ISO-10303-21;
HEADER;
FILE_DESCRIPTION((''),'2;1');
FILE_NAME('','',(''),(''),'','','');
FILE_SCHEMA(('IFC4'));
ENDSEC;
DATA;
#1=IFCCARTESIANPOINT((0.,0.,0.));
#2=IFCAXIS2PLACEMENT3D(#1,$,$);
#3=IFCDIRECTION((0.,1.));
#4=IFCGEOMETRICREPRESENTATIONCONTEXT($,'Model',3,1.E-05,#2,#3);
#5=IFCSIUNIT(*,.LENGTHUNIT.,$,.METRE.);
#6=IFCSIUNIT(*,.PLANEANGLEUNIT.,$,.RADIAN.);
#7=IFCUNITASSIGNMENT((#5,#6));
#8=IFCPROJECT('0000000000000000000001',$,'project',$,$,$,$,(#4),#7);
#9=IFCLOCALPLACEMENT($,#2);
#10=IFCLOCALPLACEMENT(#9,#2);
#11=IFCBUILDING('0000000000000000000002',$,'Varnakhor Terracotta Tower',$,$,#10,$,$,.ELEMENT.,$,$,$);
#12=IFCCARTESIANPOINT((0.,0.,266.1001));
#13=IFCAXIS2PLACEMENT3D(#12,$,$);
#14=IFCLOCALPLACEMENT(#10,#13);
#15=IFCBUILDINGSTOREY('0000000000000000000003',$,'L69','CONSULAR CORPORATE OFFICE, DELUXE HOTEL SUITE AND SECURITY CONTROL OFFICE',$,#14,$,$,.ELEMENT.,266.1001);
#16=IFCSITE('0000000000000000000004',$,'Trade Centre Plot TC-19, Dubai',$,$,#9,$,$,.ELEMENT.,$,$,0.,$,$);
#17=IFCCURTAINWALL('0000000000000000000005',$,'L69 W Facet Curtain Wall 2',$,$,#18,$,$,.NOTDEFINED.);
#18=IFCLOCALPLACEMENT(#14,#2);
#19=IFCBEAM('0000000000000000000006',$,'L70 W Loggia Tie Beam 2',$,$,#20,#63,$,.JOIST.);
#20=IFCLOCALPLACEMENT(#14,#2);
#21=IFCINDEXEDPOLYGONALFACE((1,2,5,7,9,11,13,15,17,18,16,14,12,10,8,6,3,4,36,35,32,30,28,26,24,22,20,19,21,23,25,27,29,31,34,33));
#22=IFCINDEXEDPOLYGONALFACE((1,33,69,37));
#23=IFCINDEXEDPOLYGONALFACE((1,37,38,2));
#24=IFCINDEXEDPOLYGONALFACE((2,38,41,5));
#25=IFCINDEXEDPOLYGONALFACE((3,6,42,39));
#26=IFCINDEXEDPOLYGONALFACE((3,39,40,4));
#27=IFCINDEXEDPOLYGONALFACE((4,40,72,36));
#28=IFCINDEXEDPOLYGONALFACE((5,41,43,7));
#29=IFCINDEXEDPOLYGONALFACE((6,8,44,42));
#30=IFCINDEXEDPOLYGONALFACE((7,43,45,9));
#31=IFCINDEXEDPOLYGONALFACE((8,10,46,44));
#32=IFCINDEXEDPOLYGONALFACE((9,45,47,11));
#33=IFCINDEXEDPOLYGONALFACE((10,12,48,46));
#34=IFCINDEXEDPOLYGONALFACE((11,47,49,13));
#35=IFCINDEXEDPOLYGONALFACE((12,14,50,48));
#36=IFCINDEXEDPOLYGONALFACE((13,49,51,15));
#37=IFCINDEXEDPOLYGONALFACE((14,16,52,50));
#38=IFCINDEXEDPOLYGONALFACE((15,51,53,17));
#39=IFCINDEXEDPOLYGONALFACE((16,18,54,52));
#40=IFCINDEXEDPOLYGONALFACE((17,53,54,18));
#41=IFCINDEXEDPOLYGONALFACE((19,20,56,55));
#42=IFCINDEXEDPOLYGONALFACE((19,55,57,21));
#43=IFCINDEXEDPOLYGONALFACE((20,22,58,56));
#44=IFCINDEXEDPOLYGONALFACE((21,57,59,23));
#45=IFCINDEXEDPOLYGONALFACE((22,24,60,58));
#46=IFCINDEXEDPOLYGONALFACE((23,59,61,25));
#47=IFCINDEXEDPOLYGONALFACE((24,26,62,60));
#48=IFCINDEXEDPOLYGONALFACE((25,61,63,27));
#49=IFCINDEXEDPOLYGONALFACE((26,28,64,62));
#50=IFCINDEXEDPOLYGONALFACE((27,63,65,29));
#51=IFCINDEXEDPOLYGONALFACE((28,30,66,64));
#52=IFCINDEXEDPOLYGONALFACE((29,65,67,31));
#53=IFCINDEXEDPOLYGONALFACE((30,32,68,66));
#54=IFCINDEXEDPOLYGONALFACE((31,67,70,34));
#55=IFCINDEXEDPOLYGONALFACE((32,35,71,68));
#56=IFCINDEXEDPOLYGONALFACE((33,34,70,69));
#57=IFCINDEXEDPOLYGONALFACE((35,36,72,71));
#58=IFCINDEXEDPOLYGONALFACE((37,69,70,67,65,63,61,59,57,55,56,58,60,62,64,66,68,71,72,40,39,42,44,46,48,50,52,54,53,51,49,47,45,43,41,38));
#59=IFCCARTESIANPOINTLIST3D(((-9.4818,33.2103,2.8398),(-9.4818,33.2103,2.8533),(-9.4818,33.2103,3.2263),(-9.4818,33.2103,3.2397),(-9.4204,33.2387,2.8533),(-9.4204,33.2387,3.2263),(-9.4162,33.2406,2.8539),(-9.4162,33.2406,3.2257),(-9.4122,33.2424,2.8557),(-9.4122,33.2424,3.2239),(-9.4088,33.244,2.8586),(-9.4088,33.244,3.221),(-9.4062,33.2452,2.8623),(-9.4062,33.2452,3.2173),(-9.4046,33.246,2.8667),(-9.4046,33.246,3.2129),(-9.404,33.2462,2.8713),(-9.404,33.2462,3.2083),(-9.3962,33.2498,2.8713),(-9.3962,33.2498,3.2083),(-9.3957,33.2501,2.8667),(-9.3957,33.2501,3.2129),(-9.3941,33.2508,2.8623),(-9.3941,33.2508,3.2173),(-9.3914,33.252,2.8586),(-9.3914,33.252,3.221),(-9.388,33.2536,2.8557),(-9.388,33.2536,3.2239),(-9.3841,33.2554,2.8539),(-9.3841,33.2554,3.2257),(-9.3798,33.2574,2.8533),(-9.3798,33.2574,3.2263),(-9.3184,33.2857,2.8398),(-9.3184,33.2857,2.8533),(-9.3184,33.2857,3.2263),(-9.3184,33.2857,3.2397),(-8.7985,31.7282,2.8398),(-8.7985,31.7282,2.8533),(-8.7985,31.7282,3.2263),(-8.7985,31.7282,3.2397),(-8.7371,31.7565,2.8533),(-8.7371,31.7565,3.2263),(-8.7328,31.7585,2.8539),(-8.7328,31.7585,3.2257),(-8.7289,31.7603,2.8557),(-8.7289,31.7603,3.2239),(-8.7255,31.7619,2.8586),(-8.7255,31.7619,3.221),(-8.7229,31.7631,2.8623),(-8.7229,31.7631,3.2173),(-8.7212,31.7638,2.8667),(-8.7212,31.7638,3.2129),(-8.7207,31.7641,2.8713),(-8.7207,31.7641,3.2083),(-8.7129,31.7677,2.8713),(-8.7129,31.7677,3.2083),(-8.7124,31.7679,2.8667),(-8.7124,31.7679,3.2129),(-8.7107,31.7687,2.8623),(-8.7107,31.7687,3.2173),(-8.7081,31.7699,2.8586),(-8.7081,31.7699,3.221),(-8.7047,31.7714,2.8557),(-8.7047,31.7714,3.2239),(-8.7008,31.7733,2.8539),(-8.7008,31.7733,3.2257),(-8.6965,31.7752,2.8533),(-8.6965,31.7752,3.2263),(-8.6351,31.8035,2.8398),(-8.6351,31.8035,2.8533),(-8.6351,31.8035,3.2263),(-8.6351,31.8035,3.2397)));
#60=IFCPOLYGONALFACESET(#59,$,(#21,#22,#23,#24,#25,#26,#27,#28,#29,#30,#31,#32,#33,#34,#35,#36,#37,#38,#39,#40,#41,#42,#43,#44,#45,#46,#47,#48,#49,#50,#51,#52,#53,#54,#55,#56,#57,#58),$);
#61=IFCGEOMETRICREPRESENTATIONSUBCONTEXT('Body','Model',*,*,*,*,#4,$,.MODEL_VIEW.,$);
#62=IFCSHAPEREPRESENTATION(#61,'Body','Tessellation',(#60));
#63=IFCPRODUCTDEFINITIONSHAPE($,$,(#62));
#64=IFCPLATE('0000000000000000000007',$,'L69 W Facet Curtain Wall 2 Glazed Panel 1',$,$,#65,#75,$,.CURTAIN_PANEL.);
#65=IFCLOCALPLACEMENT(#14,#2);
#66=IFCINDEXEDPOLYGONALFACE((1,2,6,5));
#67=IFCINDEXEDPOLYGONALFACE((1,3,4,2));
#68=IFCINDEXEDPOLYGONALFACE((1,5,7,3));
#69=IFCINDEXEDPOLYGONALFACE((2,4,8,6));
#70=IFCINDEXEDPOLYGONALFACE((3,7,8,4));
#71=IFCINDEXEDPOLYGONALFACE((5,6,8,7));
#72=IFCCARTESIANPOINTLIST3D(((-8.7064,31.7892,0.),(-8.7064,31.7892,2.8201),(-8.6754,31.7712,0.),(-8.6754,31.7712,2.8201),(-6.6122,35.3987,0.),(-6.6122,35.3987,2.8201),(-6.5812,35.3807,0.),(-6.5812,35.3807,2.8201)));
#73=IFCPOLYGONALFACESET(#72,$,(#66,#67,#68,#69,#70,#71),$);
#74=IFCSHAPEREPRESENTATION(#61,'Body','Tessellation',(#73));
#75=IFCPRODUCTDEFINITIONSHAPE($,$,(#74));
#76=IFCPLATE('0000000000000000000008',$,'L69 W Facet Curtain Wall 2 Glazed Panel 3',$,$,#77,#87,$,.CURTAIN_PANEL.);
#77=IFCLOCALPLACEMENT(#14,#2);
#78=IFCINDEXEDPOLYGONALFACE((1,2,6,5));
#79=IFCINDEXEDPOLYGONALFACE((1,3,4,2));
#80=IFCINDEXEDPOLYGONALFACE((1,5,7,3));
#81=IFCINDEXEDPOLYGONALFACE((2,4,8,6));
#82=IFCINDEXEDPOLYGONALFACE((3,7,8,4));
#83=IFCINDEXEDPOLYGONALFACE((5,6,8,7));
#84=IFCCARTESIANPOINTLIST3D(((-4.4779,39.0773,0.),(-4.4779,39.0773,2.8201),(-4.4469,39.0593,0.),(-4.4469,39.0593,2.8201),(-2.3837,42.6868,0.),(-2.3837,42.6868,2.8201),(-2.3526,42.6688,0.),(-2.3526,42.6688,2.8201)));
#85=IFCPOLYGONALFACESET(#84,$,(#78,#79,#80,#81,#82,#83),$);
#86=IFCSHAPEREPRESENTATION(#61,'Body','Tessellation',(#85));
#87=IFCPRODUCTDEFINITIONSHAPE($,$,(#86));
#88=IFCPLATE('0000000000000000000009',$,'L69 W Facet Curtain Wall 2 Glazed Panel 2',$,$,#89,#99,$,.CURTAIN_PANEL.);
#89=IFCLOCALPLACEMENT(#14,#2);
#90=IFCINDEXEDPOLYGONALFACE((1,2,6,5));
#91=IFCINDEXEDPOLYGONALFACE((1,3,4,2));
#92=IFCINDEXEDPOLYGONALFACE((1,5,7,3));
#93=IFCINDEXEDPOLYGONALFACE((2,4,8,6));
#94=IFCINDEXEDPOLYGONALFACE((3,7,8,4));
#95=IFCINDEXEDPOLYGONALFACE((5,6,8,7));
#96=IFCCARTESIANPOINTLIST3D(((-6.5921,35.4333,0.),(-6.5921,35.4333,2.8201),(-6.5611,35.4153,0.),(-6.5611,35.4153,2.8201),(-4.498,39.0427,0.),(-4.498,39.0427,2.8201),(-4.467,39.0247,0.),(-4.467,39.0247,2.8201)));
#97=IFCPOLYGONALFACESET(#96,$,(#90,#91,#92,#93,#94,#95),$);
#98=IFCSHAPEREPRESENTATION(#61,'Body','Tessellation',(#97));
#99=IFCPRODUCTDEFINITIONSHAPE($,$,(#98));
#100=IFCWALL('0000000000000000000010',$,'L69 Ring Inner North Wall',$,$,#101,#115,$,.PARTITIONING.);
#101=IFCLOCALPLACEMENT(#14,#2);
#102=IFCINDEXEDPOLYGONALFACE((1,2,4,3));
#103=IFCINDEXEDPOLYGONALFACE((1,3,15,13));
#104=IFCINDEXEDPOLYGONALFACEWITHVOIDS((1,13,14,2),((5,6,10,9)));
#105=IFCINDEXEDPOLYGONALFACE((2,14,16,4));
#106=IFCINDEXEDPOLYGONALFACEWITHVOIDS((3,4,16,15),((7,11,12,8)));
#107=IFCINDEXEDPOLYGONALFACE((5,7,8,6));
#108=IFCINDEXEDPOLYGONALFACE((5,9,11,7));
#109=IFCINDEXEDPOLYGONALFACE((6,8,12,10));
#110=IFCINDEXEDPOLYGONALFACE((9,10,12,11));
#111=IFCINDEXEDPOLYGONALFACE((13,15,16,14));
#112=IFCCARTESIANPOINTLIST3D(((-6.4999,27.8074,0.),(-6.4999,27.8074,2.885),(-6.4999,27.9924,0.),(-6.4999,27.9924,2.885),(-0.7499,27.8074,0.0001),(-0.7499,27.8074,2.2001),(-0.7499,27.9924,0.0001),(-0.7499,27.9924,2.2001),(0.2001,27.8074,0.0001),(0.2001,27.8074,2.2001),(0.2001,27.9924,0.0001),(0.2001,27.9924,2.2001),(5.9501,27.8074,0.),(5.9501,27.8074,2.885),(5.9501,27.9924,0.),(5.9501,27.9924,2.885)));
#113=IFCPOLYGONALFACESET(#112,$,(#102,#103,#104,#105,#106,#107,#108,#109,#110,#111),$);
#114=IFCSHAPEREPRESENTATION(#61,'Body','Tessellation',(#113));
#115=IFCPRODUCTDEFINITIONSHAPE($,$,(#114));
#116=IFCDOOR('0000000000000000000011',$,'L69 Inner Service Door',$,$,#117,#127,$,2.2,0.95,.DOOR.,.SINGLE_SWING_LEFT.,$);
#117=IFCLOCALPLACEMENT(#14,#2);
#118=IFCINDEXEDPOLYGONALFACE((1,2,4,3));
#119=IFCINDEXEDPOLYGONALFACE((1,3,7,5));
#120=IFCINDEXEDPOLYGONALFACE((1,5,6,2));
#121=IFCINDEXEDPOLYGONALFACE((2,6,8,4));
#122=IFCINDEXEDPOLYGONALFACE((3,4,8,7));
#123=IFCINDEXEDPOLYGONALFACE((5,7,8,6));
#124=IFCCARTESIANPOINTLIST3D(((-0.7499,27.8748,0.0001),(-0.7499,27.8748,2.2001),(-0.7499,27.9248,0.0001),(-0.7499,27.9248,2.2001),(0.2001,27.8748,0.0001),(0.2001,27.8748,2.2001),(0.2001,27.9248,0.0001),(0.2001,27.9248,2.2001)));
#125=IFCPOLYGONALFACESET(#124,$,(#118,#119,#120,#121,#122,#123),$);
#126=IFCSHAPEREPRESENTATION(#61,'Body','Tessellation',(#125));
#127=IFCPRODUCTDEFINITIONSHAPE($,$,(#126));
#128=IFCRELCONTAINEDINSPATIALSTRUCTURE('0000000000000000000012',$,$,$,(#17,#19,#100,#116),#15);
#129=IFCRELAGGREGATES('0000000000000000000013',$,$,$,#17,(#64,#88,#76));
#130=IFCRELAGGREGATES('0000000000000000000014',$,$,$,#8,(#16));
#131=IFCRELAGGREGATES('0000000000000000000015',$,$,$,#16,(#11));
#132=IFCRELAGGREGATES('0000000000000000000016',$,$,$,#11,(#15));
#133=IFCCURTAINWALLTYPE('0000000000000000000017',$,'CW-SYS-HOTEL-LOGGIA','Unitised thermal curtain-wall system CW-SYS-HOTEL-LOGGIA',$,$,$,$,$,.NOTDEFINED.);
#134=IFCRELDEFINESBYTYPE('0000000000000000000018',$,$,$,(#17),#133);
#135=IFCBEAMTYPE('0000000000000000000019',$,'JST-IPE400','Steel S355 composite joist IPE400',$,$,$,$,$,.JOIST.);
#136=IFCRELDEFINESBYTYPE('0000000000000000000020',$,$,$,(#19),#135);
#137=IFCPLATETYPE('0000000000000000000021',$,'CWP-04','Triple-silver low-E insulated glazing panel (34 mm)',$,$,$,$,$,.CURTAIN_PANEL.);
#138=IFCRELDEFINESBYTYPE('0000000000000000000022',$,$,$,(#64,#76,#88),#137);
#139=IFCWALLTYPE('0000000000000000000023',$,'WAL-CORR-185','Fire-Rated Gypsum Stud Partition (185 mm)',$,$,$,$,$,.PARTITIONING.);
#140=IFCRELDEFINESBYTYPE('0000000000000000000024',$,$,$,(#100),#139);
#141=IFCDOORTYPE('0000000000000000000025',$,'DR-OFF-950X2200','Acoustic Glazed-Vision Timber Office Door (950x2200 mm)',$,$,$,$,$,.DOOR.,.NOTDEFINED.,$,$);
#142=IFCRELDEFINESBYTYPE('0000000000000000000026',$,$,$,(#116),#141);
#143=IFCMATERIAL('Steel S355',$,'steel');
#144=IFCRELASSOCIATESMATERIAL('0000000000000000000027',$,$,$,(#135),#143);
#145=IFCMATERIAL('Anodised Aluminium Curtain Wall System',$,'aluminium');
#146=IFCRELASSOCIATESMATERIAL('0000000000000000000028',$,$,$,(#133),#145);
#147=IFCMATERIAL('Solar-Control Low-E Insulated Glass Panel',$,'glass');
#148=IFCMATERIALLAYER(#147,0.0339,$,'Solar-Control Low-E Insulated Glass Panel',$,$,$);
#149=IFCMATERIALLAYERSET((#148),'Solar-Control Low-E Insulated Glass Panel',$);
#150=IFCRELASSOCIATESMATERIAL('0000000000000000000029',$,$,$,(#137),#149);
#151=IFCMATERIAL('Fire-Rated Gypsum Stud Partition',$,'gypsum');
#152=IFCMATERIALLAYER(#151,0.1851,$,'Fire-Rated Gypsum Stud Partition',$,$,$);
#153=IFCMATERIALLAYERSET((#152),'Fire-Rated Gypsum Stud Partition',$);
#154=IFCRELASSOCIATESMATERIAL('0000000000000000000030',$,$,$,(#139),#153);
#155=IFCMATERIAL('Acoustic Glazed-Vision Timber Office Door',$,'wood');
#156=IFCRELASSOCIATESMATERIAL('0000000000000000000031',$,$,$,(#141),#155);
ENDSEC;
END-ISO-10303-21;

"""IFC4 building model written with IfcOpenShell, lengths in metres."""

from ifc_helpers import new_model, si_unit, direction, frame, frame_2d, origin, origin_2d, place, context, subcontext, project, spatial, rectangle, i_section, extrude, source, transform, mapped, material, layer, layer_set, material_profile, profile_set, type_object, type_shapes, element, fill, aggregate, save


model = new_model("IFC4")

# Units and contexts
model_context = context("Model", 3, precision=1e-05, world=origin(), true_north=direction((0.0, 1.0)))
body_context = subcontext(model_context, "Body", "Model", "MODEL_VIEW")
ifc_project = project(units=[si_unit("LENGTHUNIT", "METRE"), si_unit("PLANEANGLEUNIT", "RADIAN")], contexts=[model_context])

# Site, building, storey
site_placement = place(None, origin())
site = spatial("IfcSite", under=ifc_project, at=site_placement, Name="Trade Centre Plot TC-19, Dubai", CompositionType="ELEMENT", RefElevation=0.0)
building_placement = place(site_placement, origin())
building = spatial("IfcBuilding", under=site, at=building_placement, Name="Varnakhor Terracotta Tower", CompositionType="ELEMENT")
storey_placement = place(building_placement, frame((0.0, 0.0, 266.1001)))
storey = spatial("IfcBuildingStorey", under=building, at=storey_placement, Name="L69", Description="CONSULAR CORPORATE OFFICE, DELUXE HOTEL SUITE AND SECURITY CONTROL OFFICE", CompositionType="ELEMENT", Elevation=266.1001)

# Shared definitions
ifc_material_1 = material(Name="Steel S355", Category="steel")
ifc_material_profile_1 = material_profile(ifc_material_1, i_section(OverallWidth=0.1799, OverallDepth=0.3999, WebThickness=0.0085, FlangeThickness=0.0134, FilletRadius=0.0181, at=origin_2d()), Name="IPE400")
ifc_profile_set_1 = profile_set([ifc_material_profile_1], Name="Steel S355")
beam_type_1 = type_object("IfcBeamType", Name="JST-IPE400", Description="Steel S355 composite joist IPE400", PredefinedType="JOIST", material=ifc_profile_set_1)

# Curtain wall
ifc_material_2 = material(Name="Anodised Aluminium Curtain Wall System", Category="aluminium")
curtain_wall_type = type_object("IfcCurtainWallType", Name="CW-SYS-HOTEL-LOGGIA", Description="Unitised thermal curtain-wall system CW-SYS-HOTEL-LOGGIA", PredefinedType="NOTDEFINED", material=ifc_material_2)
curtain_wall_placement = place(storey_placement, origin())
curtain_wall = element("IfcCurtainWall", 1, at=curtain_wall_placement, inside=storey, type_object=curtain_wall_type, Name="L69 W Facet Curtain Wall 2", PredefinedType="NOTDEFINED")

# Beam
shared_shape_1 = source(origin(), body_context, "Body", "SweptSolid", [
    extrude(i_section(OverallWidth=0.1799, OverallDepth=0.3999, WebThickness=0.0085, FlangeThickness=0.0134, FilletRadius=0.0181, at=origin_2d()), origin(), (0.0, 0.0, 1.0), 1.6321),
])
beam_1_placement = place(storey_placement, frame((-8.7168, 31.7659, 3.0398), z_axis=(-0.418688, 0.90813, 0.0), x_axis=(-0.90813, -0.418688, 0.0)))
element("IfcBeam", 2, at=beam_1_placement, inside=storey, type_object=beam_type_1, Name="L70 W Loggia Tie Beam 2", PredefinedType="JOIST", context=body_context, shape_type="MappedRepresentation", body=[
    mapped(shared_shape_1, transform((0.0, 0.0, 0.0), scale=1.0)),
])

# Plates
ifc_material_3 = material(Name="Solar-Control Low-E Insulated Glass Panel", Category="glass")
ifc_layer_1 = layer(ifc_material_3, 0.0339, Name="Solar-Control Low-E Insulated Glass Panel")
ifc_layer_set_1 = layer_set([ifc_layer_1], Name="Solar-Control Low-E Insulated Glass Panel")
plate_type = type_object("IfcPlateType", Name="CWP-04", Description="Triple-silver low-E insulated glazing panel (34 mm)", PredefinedType="CURTAIN_PANEL", material=ifc_layer_set_1)
shared_shape_2 = source(origin(), body_context, "Body", "SweptSolid", [
    extrude(rectangle(XDim=4.1731, YDim=0.0359, at=origin_2d()), origin(), (0.0, 0.0, 1.0), 2.8201),
])
plate_1_placement = place(storey_placement, frame((-7.6438, 33.585, 0.0), z_axis=(0.0, 0.0, 1.0), x_axis=(0.501843, 0.864959, 0.0)))
plate_1 = element("IfcPlate", 3, at=plate_1_placement, type_object=plate_type, Name="L69 W Facet Curtain Wall 2 Glazed Panel 1", PredefinedType="CURTAIN_PANEL", context=body_context, shape_type="MappedRepresentation", body=[
    mapped(shared_shape_2, transform((0.0, 0.0, 0.0), scale=1.0)),
])
plate_2_placement = place(storey_placement, frame((-3.4153, 40.873, 0.0), z_axis=(0.0, 0.0, 1.0), x_axis=(0.501843, 0.864959, 0.0)))
plate_2 = element("IfcPlate", 4, at=plate_2_placement, type_object=plate_type, Name="L69 W Facet Curtain Wall 2 Glazed Panel 3", PredefinedType="CURTAIN_PANEL", context=body_context, shape_type="MappedRepresentation", body=[
    mapped(shared_shape_2, transform((0.0, 0.0, 0.0), scale=1.0)),
])
shared_shape_3 = source(origin(), body_context, "Body", "SweptSolid", [
    extrude(rectangle(XDim=4.1729, YDim=0.0359, at=origin_2d()), origin(), (0.0, 0.0, 1.0), 2.8201),
])
plate_3_placement = place(storey_placement, frame((-5.5295, 37.229, 0.0), z_axis=(0.0, 0.0, 1.0), x_axis=(0.501843, 0.864959, 0.0)))
plate_3 = element("IfcPlate", 5, at=plate_3_placement, type_object=plate_type, Name="L69 W Facet Curtain Wall 2 Glazed Panel 2", PredefinedType="CURTAIN_PANEL", context=body_context, shape_type="MappedRepresentation", body=[
    mapped(shared_shape_3, transform((0.0, 0.0, 0.0), scale=1.0)),
])
aggregate(curtain_wall, [plate_1, plate_3, plate_2])

# Wall, opening, door
ifc_material_4 = material(Name="Fire-Rated Gypsum Stud Partition", Category="gypsum")
ifc_layer_2 = layer(ifc_material_4, 0.1851, Name="Fire-Rated Gypsum Stud Partition")
ifc_layer_set_2 = layer_set([ifc_layer_2], Name="Fire-Rated Gypsum Stud Partition")
wall_type_1 = type_object("IfcWallType", Name="WAL-CORR-185", Description="Fire-Rated Gypsum Stud Partition (185 mm)", PredefinedType="PARTITIONING", material=ifc_layer_set_2)
wall_1_placement = place(storey_placement, frame((-6.5, 27.8999, 0.0), z_axis=(0.0, 0.0, 1.0), x_axis=(1.0, 0.0, 0.0)))
wall_1 = element("IfcWall", 6, at=wall_1_placement, inside=storey, type_object=wall_type_1, Name="L69 Ring Inner North Wall", PredefinedType="PARTITIONING", context=body_context, shape_type="SweptSolid", body=[
    extrude(rectangle(XDim=12.45, YDim=0.1851, at=frame_2d((6.2251, 0.0))), origin(), (0.0, 0.0, 1.0), 2.885),
])
opening_1_placement = place(wall_1_placement, frame((5.75, 0.0, 0.0)))
opening_1 = element("IfcOpeningElement", 7, at=opening_1_placement, cuts=wall_1, PredefinedType="OPENING", context=body_context, shape_type="SweptSolid", body=[
    extrude(rectangle(XDim=0.95, YDim=2.2, at=frame_2d((0.4751, 1.1001))), frame((0.0, 0.1025, 0.0), z_axis=(0.0, -1.0, 0.0), x_axis=(1.0, 0.0, 0.0)), (0.0, 0.0, 1.0), 0.2051),
])
ifc_material_5 = material(Name="Acoustic Glazed-Vision Timber Office Door", Category="wood")
door_type_1 = type_object("IfcDoorType", Name="DR-OFF-950X2200", Description="Acoustic Glazed-Vision Timber Office Door (950x2200 mm)", OperationType="NOTDEFINED", PredefinedType="DOOR", material=ifc_material_5)
shared_shape_4 = source(origin(), body_context, "Body", "SweptSolid", [
    extrude(rectangle(XDim=0.95, YDim=2.2, at=frame_2d((0.4751, 1.1001))), frame((0.0, 0.0249, 0.0), z_axis=(0.0, -1.0, 0.0), x_axis=(1.0, 0.0, 0.0)), (0.0, 0.0, 1.0), 0.05),
])
type_shapes(door_type_1, [shared_shape_4])
door_1_placement = place(opening_1_placement, origin())
door_1 = element("IfcDoor", 8, at=door_1_placement, inside=storey, type_object=door_type_1, Name="L69 Inner Service Door", OperationType="SINGLE_SWING_LEFT", OverallHeight=2.2, OverallWidth=0.95, PredefinedType="DOOR", context=body_context, shape_type="MappedRepresentation", body=[
    mapped(shared_shape_4, transform((0.0, 0.0, 0.0), scale=1.0)),
])
fill(opening_1, door_1)

save(model, "model.ifc")
